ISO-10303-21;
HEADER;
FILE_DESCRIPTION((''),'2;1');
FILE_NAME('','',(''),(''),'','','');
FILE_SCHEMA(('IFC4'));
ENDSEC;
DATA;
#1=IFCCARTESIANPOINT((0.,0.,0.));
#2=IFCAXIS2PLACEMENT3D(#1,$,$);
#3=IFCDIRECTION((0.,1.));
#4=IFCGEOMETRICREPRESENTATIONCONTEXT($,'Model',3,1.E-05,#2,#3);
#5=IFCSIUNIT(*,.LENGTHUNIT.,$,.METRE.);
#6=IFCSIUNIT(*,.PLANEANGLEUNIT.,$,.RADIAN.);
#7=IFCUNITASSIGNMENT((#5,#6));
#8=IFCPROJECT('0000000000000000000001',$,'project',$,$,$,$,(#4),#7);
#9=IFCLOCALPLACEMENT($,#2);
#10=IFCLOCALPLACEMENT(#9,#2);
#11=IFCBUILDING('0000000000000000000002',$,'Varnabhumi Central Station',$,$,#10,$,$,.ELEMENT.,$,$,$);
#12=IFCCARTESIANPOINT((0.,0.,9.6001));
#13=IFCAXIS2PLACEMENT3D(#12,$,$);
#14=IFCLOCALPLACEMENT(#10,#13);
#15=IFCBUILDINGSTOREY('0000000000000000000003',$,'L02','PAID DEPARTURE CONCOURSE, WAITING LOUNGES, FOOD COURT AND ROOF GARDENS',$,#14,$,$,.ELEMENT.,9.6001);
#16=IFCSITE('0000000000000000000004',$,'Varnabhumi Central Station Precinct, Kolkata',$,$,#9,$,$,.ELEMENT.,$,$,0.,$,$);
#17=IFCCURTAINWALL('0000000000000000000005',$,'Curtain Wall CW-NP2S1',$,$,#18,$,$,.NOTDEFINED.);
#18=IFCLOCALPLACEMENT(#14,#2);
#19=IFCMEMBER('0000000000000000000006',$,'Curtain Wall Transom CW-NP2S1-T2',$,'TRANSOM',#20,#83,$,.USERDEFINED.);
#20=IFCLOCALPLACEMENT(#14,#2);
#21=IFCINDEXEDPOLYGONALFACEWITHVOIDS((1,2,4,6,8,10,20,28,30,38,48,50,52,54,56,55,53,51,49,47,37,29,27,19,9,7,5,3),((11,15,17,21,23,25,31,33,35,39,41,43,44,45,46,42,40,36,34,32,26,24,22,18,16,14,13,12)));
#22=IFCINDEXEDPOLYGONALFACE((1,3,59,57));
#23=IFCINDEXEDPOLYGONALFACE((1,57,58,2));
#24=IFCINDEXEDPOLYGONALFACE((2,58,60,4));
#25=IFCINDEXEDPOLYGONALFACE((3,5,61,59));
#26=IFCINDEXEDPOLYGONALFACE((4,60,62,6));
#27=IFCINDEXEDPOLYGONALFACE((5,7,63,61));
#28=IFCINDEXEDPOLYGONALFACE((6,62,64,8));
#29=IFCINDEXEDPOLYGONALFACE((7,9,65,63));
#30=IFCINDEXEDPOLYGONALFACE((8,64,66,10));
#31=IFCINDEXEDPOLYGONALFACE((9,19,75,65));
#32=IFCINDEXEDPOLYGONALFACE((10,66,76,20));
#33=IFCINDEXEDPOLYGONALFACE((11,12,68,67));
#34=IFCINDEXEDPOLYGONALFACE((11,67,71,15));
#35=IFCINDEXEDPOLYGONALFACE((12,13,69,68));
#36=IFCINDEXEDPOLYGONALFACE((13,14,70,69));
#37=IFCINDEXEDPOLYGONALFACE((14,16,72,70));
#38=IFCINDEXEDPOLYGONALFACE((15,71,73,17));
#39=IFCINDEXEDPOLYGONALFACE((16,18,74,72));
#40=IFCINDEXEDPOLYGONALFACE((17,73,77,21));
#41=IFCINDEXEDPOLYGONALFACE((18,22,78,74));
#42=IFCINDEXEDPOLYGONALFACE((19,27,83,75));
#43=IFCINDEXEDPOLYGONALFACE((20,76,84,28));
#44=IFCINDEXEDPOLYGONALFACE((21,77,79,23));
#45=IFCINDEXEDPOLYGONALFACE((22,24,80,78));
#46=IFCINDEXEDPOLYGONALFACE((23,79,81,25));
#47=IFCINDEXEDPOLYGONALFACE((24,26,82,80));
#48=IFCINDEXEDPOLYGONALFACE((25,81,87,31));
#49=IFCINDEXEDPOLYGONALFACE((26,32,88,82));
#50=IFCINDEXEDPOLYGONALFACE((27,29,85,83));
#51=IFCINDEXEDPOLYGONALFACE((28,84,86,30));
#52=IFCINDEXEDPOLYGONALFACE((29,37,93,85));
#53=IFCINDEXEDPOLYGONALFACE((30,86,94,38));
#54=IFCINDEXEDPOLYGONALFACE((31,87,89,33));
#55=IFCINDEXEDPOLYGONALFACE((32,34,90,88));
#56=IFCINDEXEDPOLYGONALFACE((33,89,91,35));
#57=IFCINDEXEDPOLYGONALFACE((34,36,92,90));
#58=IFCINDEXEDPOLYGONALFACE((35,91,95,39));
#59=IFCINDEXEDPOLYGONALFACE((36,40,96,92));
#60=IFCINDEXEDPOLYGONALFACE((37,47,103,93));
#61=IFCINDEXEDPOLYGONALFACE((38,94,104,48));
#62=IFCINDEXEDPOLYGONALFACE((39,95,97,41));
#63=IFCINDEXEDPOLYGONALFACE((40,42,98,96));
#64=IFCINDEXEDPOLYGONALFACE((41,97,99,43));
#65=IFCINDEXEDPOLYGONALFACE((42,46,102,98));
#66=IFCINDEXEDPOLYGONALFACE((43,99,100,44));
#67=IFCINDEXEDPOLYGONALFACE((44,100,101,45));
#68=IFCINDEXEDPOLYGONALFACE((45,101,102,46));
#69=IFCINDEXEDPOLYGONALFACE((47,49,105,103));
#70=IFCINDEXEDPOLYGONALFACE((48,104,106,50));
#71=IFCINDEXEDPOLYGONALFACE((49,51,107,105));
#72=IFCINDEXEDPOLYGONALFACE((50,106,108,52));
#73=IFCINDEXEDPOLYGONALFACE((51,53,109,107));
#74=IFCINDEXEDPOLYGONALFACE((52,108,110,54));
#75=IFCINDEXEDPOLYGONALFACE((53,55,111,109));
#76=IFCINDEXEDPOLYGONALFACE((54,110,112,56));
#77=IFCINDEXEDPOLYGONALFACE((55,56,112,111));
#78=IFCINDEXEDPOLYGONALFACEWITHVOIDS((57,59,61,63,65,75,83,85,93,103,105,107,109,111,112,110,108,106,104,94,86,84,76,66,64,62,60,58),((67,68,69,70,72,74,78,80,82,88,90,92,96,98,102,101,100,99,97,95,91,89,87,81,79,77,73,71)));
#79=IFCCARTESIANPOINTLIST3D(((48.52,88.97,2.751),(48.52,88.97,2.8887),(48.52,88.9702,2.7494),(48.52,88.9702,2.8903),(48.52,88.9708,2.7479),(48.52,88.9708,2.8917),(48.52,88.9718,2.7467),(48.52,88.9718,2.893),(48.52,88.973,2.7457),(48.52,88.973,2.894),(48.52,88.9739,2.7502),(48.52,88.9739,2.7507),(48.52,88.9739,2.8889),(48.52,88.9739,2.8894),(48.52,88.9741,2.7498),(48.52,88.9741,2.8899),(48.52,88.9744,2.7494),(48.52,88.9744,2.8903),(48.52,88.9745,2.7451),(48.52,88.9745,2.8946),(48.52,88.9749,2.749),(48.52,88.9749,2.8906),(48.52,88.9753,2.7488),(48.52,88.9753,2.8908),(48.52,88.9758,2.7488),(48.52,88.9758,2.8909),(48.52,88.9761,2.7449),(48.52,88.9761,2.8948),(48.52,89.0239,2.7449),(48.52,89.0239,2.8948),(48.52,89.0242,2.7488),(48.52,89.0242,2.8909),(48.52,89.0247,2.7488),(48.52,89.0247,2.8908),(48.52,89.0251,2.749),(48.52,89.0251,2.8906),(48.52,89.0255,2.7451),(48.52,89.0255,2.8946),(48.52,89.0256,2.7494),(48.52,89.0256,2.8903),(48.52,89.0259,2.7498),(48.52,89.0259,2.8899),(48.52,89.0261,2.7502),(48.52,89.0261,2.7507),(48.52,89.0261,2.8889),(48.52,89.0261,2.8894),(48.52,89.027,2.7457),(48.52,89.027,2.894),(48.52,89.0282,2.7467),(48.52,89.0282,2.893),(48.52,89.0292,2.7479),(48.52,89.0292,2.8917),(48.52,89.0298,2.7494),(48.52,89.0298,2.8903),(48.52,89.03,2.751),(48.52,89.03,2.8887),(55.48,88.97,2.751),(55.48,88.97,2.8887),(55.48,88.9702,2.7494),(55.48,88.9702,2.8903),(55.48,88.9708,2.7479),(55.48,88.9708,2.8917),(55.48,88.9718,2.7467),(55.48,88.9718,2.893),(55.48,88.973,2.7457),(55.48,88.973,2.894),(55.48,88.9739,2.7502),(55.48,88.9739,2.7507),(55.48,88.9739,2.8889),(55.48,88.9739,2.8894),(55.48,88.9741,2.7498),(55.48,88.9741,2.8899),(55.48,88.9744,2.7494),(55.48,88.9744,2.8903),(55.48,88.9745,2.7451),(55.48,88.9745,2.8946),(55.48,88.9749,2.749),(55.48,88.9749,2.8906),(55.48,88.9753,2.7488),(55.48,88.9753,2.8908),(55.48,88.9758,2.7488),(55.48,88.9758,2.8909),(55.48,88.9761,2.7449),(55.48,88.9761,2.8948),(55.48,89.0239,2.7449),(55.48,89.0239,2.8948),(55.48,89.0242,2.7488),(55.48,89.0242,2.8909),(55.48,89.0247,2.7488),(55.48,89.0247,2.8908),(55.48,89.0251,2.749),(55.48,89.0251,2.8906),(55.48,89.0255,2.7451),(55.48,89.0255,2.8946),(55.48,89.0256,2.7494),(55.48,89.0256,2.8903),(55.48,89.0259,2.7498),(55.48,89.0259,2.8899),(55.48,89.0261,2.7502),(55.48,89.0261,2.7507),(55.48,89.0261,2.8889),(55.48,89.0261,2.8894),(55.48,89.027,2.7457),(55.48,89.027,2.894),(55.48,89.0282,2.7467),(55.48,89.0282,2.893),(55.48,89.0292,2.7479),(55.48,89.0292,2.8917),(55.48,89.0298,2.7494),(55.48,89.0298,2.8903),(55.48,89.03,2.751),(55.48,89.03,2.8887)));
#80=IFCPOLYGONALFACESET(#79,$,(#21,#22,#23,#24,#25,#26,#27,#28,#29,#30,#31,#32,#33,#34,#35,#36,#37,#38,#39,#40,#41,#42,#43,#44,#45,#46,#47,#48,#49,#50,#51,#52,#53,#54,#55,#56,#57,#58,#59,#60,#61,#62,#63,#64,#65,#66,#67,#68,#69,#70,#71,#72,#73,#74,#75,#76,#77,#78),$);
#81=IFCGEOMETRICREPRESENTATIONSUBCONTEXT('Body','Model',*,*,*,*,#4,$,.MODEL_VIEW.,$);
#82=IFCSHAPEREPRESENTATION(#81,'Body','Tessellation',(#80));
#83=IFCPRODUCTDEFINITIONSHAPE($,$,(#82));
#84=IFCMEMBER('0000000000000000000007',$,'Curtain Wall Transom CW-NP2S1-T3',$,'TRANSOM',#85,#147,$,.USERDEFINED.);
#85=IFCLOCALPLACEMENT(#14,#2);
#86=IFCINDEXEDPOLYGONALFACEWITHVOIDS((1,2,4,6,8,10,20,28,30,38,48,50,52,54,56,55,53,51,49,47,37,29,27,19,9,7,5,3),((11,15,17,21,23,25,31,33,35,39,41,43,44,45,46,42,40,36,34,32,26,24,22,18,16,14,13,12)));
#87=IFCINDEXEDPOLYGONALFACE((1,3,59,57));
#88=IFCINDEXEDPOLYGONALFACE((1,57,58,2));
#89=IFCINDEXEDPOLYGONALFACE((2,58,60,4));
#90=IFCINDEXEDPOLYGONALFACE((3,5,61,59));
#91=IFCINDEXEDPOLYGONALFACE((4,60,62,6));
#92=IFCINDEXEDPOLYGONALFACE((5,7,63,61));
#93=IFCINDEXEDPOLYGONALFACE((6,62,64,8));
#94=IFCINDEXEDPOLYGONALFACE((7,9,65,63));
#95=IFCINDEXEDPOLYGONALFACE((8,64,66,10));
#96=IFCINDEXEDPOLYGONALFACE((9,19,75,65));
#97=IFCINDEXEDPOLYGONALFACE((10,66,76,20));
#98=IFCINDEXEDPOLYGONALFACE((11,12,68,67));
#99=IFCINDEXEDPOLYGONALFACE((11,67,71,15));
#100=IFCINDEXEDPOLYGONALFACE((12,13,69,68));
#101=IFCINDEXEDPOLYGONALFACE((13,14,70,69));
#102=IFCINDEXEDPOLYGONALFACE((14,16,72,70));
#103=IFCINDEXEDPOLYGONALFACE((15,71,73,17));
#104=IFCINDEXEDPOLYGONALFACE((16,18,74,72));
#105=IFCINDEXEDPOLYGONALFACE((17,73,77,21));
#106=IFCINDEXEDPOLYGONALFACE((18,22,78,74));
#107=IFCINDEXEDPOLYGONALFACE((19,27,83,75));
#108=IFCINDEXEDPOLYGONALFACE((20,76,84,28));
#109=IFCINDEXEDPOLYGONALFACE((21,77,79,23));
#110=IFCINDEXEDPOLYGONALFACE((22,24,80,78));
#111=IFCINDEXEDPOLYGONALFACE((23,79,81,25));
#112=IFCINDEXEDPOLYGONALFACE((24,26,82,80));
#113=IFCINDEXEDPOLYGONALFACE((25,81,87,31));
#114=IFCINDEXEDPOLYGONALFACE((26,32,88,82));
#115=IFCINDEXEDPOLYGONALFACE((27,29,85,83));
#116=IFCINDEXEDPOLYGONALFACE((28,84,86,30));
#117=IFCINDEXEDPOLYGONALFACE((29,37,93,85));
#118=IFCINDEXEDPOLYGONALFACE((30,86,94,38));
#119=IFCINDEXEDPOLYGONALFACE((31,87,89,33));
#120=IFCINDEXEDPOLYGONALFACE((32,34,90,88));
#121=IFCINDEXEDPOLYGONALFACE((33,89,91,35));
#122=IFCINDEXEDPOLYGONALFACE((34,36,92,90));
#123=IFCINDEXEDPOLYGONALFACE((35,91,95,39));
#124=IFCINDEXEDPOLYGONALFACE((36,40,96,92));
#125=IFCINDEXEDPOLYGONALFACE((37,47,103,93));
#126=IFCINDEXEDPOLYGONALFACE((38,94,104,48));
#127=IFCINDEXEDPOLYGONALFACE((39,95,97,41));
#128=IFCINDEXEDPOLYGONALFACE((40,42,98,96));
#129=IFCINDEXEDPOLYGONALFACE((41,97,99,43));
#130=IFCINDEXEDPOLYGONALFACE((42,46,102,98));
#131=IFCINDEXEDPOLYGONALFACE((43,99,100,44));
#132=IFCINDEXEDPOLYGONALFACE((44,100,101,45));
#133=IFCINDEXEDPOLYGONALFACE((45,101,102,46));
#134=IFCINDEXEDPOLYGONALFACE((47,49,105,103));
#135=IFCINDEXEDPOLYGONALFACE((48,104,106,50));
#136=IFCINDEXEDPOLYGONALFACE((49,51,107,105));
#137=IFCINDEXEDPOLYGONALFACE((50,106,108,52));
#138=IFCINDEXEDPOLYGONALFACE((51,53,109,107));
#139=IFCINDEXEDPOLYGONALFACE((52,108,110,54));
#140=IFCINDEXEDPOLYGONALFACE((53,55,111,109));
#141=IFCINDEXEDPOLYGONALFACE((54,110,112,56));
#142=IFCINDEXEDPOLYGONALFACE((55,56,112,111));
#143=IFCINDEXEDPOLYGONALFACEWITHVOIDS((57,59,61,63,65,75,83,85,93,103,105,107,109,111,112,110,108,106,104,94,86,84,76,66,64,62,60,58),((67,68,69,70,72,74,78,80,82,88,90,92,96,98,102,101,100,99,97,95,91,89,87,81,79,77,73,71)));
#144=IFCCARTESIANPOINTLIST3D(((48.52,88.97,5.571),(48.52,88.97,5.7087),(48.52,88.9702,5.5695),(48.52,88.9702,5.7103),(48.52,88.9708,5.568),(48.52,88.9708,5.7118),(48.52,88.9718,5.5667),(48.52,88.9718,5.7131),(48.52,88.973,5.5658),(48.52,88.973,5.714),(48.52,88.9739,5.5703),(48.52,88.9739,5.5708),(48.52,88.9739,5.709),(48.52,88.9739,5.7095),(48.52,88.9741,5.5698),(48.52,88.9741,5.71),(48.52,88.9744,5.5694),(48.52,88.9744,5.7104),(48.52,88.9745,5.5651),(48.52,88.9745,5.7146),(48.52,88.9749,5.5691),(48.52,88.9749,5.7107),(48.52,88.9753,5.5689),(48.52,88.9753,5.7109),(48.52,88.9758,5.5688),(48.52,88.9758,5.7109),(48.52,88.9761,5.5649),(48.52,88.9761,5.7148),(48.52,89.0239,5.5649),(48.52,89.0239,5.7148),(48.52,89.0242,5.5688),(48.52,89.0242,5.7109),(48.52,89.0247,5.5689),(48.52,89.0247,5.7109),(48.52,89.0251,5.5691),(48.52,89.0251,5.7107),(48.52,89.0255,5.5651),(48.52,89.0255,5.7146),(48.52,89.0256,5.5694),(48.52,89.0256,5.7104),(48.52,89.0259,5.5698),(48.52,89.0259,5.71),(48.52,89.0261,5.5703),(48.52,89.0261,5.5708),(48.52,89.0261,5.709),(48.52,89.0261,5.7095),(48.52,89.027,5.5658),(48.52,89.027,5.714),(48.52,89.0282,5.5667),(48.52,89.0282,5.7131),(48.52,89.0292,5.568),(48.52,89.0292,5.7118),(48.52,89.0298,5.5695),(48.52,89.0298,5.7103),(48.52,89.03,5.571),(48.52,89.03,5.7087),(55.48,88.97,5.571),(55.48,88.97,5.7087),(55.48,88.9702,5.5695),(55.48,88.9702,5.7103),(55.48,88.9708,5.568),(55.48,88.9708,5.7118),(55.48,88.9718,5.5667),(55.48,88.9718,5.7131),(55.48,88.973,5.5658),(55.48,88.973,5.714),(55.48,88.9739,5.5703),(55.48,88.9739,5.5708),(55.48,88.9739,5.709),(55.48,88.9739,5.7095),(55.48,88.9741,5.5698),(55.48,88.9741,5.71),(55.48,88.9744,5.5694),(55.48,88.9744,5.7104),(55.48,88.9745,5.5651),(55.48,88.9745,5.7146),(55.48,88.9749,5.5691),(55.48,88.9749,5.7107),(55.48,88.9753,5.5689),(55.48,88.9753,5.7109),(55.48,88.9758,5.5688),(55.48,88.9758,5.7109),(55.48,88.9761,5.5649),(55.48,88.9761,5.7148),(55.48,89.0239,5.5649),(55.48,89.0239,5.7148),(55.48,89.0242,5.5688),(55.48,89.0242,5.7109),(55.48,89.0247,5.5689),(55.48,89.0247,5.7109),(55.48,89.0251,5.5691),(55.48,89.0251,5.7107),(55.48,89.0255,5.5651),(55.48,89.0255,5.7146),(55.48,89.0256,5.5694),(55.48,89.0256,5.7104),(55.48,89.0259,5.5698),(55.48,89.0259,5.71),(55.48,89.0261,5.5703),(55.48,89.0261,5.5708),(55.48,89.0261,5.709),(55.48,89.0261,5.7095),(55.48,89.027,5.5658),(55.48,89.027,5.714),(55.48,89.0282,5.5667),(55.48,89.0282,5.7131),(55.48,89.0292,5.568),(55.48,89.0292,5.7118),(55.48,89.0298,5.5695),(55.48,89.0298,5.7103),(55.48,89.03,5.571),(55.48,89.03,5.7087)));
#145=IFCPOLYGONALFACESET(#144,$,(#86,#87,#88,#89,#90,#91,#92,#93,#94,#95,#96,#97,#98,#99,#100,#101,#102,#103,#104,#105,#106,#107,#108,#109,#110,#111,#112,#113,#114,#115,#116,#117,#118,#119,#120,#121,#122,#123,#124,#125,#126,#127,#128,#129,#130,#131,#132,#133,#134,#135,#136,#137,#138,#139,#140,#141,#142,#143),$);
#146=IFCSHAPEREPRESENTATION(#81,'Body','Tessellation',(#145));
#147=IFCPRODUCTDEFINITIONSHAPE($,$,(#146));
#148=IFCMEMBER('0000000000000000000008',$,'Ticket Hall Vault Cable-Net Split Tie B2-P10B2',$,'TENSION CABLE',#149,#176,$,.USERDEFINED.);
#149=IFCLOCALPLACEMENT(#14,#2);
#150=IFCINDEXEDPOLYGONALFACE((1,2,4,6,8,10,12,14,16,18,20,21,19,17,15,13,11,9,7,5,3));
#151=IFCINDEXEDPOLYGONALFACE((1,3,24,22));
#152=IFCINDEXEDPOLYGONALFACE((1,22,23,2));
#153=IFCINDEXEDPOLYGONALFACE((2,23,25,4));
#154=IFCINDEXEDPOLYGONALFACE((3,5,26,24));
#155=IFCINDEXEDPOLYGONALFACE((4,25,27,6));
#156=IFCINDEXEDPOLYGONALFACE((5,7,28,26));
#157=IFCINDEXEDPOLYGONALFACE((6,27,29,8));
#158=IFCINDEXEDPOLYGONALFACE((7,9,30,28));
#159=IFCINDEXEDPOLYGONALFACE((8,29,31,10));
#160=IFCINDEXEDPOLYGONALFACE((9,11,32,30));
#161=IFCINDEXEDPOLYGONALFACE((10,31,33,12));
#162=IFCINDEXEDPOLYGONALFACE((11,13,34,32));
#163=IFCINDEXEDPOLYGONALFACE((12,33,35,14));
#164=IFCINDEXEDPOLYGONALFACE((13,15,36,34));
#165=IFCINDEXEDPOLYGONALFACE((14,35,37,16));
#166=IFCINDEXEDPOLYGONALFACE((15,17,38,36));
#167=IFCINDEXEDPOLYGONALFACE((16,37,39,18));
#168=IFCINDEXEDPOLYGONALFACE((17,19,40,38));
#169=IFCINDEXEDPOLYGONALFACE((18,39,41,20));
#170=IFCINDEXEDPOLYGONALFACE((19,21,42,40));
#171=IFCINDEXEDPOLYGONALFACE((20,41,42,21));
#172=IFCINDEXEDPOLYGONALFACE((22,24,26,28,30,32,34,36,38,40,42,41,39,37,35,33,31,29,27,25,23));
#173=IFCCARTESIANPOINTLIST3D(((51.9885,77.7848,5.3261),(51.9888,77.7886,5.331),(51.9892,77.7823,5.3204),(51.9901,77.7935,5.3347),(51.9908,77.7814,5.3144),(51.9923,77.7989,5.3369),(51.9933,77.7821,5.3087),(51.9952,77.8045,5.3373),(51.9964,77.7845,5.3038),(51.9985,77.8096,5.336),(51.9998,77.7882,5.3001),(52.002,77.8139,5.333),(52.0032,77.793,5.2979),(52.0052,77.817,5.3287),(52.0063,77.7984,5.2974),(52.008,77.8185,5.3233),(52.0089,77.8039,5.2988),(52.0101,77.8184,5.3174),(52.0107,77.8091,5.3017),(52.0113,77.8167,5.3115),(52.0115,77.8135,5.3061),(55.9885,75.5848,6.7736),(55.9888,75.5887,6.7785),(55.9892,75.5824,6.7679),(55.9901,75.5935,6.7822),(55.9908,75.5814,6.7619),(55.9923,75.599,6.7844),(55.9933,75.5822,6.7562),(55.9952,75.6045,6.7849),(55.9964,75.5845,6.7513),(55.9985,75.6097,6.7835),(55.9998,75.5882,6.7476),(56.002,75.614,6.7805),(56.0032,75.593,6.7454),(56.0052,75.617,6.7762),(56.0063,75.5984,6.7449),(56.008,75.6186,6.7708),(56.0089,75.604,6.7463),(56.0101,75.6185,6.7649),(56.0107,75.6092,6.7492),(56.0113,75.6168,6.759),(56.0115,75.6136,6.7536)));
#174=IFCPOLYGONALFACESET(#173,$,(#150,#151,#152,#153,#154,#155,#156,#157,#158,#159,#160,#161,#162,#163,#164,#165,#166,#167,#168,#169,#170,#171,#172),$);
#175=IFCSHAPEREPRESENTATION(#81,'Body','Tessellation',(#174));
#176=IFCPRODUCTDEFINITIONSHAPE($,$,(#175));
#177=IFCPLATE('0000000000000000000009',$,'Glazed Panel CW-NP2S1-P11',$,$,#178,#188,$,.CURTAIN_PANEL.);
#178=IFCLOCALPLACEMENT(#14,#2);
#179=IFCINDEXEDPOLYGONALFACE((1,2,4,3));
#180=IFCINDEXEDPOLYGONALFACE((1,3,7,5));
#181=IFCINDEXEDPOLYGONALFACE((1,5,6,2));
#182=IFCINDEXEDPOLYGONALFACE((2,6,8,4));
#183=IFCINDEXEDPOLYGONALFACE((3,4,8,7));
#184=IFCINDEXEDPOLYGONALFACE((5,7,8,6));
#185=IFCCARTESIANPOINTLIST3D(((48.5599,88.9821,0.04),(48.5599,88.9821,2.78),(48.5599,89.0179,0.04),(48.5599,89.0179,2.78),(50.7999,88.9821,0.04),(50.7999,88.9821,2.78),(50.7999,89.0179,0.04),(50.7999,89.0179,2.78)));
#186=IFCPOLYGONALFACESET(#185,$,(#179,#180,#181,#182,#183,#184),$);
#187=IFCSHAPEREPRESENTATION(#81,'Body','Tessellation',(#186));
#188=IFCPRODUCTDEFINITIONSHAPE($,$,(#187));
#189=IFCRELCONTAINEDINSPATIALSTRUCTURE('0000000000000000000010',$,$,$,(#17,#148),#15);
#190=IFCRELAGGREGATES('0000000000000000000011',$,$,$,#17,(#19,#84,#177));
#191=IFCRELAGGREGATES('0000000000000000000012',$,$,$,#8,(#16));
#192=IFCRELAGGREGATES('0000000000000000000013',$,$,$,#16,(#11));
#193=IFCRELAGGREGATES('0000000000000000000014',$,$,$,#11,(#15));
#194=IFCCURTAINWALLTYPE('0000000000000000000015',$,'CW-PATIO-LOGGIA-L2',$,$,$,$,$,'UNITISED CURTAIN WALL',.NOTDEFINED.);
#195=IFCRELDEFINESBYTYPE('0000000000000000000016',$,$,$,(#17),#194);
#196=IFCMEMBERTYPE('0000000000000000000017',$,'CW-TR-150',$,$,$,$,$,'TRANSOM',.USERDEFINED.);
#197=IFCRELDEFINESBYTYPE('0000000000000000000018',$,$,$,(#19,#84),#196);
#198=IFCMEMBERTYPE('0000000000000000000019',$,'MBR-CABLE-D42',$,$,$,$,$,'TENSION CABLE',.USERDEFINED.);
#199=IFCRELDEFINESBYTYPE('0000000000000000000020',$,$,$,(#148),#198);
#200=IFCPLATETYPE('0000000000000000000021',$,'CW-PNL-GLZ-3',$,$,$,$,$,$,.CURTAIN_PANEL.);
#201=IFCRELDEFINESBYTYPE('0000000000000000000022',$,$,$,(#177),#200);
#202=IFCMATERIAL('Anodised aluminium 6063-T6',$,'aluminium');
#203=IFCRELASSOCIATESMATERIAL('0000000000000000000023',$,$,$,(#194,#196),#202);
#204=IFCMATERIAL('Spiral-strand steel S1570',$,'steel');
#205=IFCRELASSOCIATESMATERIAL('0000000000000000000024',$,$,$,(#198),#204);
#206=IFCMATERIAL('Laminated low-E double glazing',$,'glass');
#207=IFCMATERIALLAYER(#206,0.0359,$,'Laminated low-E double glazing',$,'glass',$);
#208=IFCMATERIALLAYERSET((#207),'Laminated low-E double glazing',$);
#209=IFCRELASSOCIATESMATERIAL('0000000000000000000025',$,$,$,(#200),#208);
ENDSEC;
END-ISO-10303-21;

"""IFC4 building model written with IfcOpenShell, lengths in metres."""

from ifc_helpers import new_model, si_unit, direction, frame, origin, origin_2d, place, context, subcontext, project, spatial, rectangle, hollow_rectangle, circle, extrude, material, layer, layer_set, material_profile, profile_set, type_object, element, aggregate, save


model = new_model("IFC4")

# Units and contexts
model_context = context("Model", 3, precision=1e-05, world=origin(), true_north=direction((0.0, 1.0)))
body_context = subcontext(model_context, "Body", "Model", "MODEL_VIEW")
ifc_project = project(units=[si_unit("LENGTHUNIT", "METRE"), si_unit("PLANEANGLEUNIT", "RADIAN")], contexts=[model_context])

# Site, building, storey
site_placement = place(None, origin())
site = spatial("IfcSite", under=ifc_project, at=site_placement, Name="Varnabhumi Central Station Precinct, Kolkata", CompositionType="ELEMENT", RefElevation=0.0)
building_placement = place(site_placement, origin())
building = spatial("IfcBuilding", under=site, at=building_placement, Name="Varnabhumi Central Station", CompositionType="ELEMENT")
storey_placement = place(building_placement, frame((0.0, 0.0, 9.6001)))
storey = spatial("IfcBuildingStorey", under=building, at=storey_placement, Name="L02", Description="PAID DEPARTURE CONCOURSE, WAITING LOUNGES, FOOD COURT AND ROOF GARDENS", CompositionType="ELEMENT", Elevation=9.6001)

# Curtain wall, members
ifc_material_1 = material(Name="Anodised aluminium 6063-T6", Category="aluminium")
curtain_wall_type = type_object("IfcCurtainWallType", Name="CW-PATIO-LOGGIA-L2", ElementType="UNITISED CURTAIN WALL", PredefinedType="NOTDEFINED", material=ifc_material_1)
curtain_wall_placement = place(storey_placement, origin())
curtain_wall = element("IfcCurtainWall", 1, at=curtain_wall_placement, inside=storey, type_object=curtain_wall_type, Name="Curtain Wall CW-NP2S1", PredefinedType="NOTDEFINED")
ifc_material_profile_1 = material_profile(ifc_material_1, hollow_rectangle(XDim=0.0601, YDim=0.1499, WallThickness=0.0039, InnerFilletRadius=0.002, OuterFilletRadius=0.0061, at=origin_2d()), Name="Anodised aluminium 6063-T6", Category="aluminium")
ifc_profile_set_1 = profile_set([ifc_material_profile_1], Name="Anodised aluminium 6063-T6")
member_type_1 = type_object("IfcMemberType", Name="CW-TR-150", ElementType="TRANSOM", PredefinedType="USERDEFINED", material=ifc_profile_set_1)
member_1_placement = place(storey_placement, frame((48.52, 89.0, 2.8198), z_axis=(1.0, 0.0, 0.0), x_axis=(0.0, 1.0, 0.0)))
member_1 = element("IfcMember", 2, at=member_1_placement, type_object=member_type_1, Name="Curtain Wall Transom CW-NP2S1-T2", ObjectType="TRANSOM", PredefinedType="USERDEFINED", context=body_context, shape_type="SweptSolid", body=[
    extrude(hollow_rectangle(XDim=0.0601, YDim=0.1499, WallThickness=0.0039, InnerFilletRadius=0.002, OuterFilletRadius=0.0061, at=origin_2d()), origin(), (0.0, 0.0, 1.0), 6.96),
])
member_2_placement = place(storey_placement, frame((48.52, 89.0, 5.6399), z_axis=(1.0, 0.0, 0.0), x_axis=(0.0, 1.0, 0.0)))
member_2 = element("IfcMember", 3, at=member_2_placement, type_object=member_type_1, Name="Curtain Wall Transom CW-NP2S1-T3", ObjectType="TRANSOM", PredefinedType="USERDEFINED", context=body_context, shape_type="SweptSolid", body=[
    extrude(hollow_rectangle(XDim=0.0601, YDim=0.1499, WallThickness=0.0039, InnerFilletRadius=0.002, OuterFilletRadius=0.0061, at=origin_2d()), origin(), (0.0, 0.0, 1.0), 6.96),
])

# Member
ifc_material_2 = material(Name="Spiral-strand steel S1570", Category="steel")
ifc_material_profile_2 = material_profile(ifc_material_2, circle(Radius=0.021, at=origin_2d()), Name="Spiral-strand steel S1570", Category="steel")
ifc_profile_set_2 = profile_set([ifc_material_profile_2], Name="Spiral-strand steel S1570")
member_type_2 = type_object("IfcMemberType", Name="MBR-CABLE-D42", ElementType="TENSION CABLE", PredefinedType="USERDEFINED", material=ifc_profile_set_2)
member_3_placement = place(storey_placement, frame((52.0, 77.8, 5.3174), z_axis=(0.835237, -0.45937, 0.302254), x_axis=(0.481911, 0.87622, 0.0)))
element("IfcMember", 4, at=member_3_placement, inside=storey, type_object=member_type_2, Name="Ticket Hall Vault Cable-Net Split Tie B2-P10B2", ObjectType="TENSION CABLE", PredefinedType="USERDEFINED", context=body_context, shape_type="SweptSolid", body=[
    extrude(circle(Radius=0.021, at=origin_2d()), origin(), (0.0, 0.0, 1.0), 4.7891),
])

# Plate
ifc_material_3 = material(Name="Laminated low-E double glazing", Category="glass")
ifc_layer_1 = layer(ifc_material_3, 0.0359, Name="Laminated low-E double glazing", Category="glass")
ifc_layer_set_1 = layer_set([ifc_layer_1], Name="Laminated low-E double glazing")
plate_type_1 = type_object("IfcPlateType", Name="CW-PNL-GLZ-3", PredefinedType="CURTAIN_PANEL", material=ifc_layer_set_1)
plate_1_placement = place(storey_placement, frame((49.6799, 89.0, 0.04), z_axis=(0.0, 0.0, 1.0), x_axis=(1.0, 0.0, 0.0)))
plate_1 = element("IfcPlate", 5, at=plate_1_placement, type_object=plate_type_1, Name="Glazed Panel CW-NP2S1-P11", PredefinedType="CURTAIN_PANEL", context=body_context, shape_type="SweptSolid", body=[
    extrude(rectangle(XDim=2.24, YDim=0.0359, at=origin_2d()), origin(), (0.0, 0.0, 1.0), 2.74),
])
aggregate(curtain_wall, [member_1, member_2, plate_1])

save(model, "model.ifc")
